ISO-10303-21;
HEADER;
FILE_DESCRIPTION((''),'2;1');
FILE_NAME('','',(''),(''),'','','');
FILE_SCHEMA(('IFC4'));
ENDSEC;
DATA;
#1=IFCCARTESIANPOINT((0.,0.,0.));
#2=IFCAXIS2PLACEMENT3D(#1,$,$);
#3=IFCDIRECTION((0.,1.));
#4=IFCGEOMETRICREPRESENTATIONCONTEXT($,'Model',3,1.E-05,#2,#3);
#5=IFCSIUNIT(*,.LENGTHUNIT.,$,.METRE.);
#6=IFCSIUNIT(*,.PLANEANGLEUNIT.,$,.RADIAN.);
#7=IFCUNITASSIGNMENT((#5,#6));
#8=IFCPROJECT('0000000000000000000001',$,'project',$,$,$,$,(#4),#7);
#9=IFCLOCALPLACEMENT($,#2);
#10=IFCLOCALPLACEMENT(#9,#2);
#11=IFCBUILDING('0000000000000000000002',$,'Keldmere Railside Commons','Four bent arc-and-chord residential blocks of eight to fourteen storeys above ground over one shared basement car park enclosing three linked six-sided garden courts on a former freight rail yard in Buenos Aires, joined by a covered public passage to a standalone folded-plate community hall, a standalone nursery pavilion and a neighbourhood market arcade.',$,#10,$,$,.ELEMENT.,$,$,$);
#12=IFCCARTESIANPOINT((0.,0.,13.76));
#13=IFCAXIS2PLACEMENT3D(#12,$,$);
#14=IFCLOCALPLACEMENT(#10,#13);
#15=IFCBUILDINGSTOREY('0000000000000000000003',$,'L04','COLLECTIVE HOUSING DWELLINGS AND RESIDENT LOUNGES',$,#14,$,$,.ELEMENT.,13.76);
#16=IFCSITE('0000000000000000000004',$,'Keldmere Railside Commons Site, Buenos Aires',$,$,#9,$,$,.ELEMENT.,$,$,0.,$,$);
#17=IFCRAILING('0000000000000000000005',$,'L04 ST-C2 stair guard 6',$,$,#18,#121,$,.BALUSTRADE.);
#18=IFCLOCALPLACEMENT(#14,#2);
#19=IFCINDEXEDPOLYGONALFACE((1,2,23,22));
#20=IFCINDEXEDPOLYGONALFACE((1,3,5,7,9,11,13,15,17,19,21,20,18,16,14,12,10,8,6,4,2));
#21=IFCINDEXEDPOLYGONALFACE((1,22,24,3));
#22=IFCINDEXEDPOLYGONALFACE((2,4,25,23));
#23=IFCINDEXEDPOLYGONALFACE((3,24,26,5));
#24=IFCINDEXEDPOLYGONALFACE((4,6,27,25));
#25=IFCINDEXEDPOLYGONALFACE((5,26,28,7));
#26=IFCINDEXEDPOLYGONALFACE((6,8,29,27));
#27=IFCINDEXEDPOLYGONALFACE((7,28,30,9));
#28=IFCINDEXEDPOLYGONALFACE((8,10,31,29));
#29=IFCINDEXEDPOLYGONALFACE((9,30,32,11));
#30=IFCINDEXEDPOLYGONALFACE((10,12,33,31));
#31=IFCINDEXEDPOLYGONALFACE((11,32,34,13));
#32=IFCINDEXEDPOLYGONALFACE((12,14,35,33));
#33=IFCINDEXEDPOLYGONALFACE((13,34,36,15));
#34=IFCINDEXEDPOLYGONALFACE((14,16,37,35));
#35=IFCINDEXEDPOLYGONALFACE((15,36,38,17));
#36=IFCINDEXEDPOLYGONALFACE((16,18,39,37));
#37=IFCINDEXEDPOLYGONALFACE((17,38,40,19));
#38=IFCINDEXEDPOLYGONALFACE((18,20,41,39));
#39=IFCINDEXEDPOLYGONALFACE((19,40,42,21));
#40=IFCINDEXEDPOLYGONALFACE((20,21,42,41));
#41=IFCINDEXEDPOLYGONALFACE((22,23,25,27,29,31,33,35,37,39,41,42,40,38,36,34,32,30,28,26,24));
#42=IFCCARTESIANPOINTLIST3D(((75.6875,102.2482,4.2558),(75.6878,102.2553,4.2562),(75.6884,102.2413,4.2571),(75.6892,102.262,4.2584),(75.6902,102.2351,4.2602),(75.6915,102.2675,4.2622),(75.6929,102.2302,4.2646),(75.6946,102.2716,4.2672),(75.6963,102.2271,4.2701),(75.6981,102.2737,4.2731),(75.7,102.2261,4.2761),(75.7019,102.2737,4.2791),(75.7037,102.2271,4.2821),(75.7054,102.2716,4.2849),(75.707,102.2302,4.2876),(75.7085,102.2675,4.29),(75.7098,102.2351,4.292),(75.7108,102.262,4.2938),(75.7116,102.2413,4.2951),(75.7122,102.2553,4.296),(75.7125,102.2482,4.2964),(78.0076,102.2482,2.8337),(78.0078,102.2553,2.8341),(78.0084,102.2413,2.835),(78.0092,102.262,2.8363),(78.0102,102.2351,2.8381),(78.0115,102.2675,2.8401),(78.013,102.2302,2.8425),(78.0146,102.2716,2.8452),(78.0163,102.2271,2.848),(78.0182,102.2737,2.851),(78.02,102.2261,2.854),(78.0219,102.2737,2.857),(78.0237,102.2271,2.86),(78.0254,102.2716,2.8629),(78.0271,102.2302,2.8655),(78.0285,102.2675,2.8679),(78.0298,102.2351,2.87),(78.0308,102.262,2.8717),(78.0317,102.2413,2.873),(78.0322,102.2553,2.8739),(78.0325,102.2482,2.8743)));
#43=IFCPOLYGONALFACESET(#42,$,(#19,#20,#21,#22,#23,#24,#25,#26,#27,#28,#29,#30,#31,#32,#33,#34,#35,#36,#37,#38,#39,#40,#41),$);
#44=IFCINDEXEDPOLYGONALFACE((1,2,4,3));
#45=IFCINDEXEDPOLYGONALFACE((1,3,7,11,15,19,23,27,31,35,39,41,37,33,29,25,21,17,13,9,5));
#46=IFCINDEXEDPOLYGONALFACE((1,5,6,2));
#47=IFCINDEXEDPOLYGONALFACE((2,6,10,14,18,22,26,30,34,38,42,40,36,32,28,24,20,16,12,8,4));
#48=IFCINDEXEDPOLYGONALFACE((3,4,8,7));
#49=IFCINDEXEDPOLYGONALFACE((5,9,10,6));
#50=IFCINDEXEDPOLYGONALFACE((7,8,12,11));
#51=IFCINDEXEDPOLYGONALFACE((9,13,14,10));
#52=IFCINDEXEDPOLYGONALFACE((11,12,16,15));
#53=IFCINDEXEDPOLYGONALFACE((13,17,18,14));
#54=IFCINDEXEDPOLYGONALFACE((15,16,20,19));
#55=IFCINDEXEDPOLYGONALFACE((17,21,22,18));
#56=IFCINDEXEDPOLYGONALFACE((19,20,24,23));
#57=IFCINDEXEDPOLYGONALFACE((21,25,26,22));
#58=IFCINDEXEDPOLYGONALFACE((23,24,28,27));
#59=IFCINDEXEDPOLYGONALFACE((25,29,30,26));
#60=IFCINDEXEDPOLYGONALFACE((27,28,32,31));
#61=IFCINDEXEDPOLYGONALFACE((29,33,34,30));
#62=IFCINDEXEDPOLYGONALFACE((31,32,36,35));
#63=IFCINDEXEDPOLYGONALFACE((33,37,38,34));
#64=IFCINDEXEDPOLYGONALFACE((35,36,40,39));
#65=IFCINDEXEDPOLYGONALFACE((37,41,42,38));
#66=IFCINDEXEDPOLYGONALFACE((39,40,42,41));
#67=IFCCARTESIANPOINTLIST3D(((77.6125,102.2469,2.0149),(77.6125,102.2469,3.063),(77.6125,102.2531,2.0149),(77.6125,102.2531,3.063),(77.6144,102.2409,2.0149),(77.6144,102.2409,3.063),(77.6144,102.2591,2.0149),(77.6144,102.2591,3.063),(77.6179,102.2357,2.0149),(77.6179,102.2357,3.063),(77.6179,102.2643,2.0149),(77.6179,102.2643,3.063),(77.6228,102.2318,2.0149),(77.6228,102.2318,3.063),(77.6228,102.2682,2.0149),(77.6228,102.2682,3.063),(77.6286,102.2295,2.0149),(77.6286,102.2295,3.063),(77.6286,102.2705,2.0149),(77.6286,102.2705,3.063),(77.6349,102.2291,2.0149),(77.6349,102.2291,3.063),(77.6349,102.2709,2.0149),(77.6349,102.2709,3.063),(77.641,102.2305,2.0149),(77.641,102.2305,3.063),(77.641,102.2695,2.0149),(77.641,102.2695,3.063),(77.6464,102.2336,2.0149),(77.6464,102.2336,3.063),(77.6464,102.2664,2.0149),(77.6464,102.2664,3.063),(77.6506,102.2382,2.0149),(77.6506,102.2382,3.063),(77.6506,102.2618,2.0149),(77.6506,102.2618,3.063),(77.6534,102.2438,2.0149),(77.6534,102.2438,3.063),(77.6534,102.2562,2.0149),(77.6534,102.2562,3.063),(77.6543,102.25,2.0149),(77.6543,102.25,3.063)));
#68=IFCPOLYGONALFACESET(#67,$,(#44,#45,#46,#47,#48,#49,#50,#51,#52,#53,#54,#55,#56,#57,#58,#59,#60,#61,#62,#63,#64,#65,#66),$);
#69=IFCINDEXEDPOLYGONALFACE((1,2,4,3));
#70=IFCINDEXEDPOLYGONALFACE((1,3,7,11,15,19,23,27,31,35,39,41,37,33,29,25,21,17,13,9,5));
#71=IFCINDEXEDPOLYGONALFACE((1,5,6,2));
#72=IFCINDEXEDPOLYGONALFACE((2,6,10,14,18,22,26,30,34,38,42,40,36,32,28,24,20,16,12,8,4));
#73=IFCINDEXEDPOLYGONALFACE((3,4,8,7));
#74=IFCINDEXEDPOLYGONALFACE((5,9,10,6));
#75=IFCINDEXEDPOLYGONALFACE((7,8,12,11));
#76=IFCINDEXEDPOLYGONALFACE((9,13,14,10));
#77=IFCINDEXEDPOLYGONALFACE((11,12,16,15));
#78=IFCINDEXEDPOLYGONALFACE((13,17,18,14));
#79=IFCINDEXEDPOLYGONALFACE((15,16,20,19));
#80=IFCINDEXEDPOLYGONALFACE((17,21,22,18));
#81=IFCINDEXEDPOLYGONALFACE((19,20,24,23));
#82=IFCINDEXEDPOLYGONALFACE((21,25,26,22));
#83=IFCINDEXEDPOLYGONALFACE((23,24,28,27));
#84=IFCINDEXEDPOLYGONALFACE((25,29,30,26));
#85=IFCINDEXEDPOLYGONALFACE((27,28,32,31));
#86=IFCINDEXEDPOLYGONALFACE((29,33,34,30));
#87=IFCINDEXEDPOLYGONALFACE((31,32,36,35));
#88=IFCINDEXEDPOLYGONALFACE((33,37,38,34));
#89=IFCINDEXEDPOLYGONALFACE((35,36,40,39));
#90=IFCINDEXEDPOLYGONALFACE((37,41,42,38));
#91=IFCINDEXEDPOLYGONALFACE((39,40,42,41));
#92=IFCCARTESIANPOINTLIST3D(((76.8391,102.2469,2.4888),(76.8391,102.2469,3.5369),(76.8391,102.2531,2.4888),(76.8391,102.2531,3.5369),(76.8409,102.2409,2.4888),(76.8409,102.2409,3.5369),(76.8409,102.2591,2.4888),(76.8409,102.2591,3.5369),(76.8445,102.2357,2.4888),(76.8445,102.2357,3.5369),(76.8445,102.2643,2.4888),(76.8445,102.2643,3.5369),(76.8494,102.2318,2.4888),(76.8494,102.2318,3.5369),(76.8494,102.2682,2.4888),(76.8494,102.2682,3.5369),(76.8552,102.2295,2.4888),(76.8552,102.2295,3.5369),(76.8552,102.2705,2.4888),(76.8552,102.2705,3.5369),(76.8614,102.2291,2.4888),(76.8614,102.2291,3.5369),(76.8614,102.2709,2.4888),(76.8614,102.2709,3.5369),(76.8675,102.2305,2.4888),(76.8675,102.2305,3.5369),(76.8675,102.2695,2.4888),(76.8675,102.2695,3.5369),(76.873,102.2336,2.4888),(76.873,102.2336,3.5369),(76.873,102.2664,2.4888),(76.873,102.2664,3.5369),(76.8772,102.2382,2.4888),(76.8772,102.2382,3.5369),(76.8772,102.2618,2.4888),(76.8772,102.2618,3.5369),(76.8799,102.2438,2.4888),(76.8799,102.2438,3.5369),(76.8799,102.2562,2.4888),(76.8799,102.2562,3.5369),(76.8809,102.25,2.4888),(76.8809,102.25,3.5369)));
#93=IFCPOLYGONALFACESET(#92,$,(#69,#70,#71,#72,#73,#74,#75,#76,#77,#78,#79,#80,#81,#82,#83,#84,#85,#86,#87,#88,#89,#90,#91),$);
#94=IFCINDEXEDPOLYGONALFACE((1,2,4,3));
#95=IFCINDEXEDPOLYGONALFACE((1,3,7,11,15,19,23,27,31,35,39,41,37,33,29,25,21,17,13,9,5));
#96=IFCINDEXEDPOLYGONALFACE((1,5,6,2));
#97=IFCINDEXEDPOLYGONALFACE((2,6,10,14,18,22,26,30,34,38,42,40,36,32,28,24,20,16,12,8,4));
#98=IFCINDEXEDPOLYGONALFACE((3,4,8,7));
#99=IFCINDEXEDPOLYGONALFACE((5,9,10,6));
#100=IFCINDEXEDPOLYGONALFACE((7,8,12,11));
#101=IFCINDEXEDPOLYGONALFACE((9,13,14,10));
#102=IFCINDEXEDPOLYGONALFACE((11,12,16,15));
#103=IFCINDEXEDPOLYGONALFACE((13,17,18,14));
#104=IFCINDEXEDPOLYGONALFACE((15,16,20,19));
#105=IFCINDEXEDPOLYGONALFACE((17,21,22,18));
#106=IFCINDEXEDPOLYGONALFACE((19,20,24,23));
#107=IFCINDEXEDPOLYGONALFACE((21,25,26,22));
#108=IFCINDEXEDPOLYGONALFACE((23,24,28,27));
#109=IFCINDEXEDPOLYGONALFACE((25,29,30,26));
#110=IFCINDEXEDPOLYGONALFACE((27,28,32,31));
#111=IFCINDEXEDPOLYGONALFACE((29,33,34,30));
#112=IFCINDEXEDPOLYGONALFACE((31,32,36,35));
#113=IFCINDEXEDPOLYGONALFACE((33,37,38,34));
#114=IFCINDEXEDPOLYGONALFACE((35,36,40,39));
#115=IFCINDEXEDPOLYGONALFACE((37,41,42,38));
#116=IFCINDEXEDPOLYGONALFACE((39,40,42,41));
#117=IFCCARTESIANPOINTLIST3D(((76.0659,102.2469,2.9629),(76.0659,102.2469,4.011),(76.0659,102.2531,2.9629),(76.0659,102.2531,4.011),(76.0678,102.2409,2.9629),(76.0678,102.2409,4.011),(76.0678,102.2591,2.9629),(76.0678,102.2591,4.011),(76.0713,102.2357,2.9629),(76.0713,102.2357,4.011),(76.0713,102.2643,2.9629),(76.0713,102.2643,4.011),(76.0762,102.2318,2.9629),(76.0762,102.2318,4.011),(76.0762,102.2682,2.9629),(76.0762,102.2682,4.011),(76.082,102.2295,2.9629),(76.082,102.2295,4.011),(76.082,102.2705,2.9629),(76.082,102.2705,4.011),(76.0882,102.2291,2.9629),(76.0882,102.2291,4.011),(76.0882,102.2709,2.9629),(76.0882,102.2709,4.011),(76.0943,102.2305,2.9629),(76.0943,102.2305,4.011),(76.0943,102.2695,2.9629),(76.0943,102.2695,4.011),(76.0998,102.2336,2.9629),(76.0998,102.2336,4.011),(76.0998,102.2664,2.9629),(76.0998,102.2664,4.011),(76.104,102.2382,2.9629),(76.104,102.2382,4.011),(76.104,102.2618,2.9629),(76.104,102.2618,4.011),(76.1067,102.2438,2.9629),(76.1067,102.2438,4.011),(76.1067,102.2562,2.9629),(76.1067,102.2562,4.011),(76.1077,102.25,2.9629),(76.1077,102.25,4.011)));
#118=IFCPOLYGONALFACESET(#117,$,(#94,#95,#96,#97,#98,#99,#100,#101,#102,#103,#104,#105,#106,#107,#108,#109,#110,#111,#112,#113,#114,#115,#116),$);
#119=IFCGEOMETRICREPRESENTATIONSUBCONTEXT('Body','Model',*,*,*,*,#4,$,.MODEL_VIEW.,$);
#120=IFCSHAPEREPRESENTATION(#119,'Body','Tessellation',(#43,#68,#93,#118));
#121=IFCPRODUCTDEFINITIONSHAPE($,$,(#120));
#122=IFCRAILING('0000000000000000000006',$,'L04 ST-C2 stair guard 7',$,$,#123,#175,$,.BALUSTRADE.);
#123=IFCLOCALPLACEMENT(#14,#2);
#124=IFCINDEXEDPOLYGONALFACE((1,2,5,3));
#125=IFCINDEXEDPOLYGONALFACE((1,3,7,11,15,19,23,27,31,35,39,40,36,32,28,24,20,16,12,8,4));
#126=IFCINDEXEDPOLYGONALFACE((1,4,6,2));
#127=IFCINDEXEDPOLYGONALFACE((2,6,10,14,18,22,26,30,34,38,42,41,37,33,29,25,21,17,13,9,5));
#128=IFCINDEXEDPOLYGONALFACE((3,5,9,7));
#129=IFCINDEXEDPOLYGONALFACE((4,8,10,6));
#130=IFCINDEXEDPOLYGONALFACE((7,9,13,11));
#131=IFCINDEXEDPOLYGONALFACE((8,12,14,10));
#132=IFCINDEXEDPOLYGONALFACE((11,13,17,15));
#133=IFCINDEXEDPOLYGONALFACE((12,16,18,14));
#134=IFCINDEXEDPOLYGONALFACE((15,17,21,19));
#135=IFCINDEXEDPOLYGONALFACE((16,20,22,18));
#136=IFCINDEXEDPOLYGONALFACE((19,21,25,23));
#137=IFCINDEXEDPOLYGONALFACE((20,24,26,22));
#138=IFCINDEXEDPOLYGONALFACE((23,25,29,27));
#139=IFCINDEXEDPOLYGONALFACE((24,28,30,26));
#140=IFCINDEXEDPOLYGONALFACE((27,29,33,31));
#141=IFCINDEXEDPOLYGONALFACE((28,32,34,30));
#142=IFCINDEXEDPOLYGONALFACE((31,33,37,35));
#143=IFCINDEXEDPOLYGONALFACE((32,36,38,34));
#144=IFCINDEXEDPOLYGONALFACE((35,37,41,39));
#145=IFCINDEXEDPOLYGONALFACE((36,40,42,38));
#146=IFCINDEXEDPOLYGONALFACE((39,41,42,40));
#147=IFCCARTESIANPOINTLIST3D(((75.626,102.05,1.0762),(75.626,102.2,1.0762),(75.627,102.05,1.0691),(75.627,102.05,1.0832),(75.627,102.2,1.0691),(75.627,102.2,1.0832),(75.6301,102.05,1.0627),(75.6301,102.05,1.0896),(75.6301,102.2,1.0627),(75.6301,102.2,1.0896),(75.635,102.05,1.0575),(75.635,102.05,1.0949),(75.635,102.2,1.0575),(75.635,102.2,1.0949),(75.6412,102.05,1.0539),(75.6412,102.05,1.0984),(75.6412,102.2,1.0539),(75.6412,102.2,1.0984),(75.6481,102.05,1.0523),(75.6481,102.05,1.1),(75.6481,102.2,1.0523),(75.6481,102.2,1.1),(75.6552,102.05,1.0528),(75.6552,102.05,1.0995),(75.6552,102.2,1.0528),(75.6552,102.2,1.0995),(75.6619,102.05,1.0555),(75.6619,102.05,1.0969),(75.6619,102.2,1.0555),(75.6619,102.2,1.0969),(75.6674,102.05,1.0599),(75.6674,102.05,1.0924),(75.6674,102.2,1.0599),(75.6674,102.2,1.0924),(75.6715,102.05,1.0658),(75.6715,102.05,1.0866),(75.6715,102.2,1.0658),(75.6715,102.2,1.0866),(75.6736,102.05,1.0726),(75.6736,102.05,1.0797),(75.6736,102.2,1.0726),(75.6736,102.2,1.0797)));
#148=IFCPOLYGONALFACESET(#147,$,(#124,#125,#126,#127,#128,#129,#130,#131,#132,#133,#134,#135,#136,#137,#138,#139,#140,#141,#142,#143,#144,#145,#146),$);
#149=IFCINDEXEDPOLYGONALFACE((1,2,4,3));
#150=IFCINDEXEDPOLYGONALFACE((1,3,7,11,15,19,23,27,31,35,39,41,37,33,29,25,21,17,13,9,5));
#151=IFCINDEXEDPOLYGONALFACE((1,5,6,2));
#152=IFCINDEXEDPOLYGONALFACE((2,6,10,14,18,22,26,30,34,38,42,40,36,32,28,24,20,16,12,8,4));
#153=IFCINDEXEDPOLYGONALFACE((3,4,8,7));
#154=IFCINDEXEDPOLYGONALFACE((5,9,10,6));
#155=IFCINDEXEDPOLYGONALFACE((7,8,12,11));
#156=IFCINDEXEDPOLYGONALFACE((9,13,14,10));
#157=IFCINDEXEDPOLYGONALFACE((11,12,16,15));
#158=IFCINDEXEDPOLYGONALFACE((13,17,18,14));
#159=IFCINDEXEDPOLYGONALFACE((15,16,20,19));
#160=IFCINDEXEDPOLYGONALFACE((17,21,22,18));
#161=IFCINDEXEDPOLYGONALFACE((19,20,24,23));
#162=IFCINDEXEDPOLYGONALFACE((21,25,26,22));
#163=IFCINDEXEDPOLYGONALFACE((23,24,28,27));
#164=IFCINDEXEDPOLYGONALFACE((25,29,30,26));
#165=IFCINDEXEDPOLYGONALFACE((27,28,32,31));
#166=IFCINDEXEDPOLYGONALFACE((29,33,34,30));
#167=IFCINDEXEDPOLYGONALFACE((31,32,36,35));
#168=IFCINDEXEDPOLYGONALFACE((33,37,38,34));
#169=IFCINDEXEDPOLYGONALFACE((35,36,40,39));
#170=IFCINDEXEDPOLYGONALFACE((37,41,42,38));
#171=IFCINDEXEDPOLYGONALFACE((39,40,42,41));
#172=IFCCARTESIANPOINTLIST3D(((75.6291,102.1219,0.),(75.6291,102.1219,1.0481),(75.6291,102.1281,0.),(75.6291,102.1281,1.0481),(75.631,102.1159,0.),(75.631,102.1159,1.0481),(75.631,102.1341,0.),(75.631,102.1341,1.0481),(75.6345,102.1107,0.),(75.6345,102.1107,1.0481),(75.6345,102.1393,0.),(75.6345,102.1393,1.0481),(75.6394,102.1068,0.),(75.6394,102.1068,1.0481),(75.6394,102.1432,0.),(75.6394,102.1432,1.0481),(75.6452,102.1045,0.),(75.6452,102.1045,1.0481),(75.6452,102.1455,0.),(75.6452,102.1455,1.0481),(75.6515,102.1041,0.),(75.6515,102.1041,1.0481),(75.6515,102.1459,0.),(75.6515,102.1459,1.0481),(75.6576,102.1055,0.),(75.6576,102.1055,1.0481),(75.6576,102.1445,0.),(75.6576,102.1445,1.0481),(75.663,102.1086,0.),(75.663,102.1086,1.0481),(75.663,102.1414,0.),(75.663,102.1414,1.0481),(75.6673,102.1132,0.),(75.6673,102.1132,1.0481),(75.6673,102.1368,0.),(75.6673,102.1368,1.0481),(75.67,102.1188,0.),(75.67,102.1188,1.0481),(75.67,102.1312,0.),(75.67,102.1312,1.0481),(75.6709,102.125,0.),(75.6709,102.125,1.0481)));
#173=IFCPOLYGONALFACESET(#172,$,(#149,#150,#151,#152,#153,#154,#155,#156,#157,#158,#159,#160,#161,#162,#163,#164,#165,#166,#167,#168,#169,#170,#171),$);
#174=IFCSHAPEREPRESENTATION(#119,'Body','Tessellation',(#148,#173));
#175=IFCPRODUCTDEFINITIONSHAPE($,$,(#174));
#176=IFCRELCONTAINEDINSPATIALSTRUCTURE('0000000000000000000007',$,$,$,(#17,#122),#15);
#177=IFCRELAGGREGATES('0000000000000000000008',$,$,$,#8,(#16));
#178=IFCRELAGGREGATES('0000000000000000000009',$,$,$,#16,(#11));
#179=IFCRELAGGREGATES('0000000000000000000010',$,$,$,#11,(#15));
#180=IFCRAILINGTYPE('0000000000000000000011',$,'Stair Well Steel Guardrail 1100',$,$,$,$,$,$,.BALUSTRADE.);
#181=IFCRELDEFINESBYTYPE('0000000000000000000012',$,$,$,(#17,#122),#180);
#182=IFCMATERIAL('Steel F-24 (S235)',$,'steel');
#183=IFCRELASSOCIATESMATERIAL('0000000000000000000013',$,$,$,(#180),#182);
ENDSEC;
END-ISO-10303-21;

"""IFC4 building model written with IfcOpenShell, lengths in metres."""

from ifc_helpers import new_model, si_unit, direction, frame, origin, origin_2d, place, context, subcontext, project, spatial, circle, extrude, material, type_object, element, save


model = new_model("IFC4")

# Units and contexts
model_context = context("Model", 3, precision=1e-05, world=origin(), true_north=direction((0.0, 1.0)))
body_context = subcontext(model_context, "Body", "Model", "MODEL_VIEW")
ifc_project = project(units=[si_unit("LENGTHUNIT", "METRE"), si_unit("PLANEANGLEUNIT", "RADIAN")], contexts=[model_context])

# Site, building, storey
site_placement = place(None, origin())
site = spatial("IfcSite", under=ifc_project, at=site_placement, Name="Keldmere Railside Commons Site, Buenos Aires", CompositionType="ELEMENT", RefElevation=0.0)
building_placement = place(site_placement, origin())
building = spatial("IfcBuilding", under=site, at=building_placement, Name="Keldmere Railside Commons", Description="Four bent arc-and-chord residential blocks of eight to fourteen storeys above ground over one shared basement car park enclosing three linked six-sided garden courts on a former freight rail yard in Buenos Aires, joined by a covered public passage to a standalone folded-plate community hall, a standalone nursery pavilion and a neighbourhood market arcade.", CompositionType="ELEMENT")
storey_placement = place(building_placement, frame((0.0, 0.0, 13.76)))
storey = spatial("IfcBuildingStorey", under=building, at=storey_placement, Name="L04", Description="COLLECTIVE HOUSING DWELLINGS AND RESIDENT LOUNGES", CompositionType="ELEMENT", Elevation=13.76)

# Shared definitions
ifc_material_1 = material(Name="Steel F-24 (S235)", Category="steel")

# Railings
railing_type_1 = type_object("IfcRailingType", Name="Stair Well Steel Guardrail 1100", PredefinedType="BALUSTRADE", material=ifc_material_1)
railing_1_placement = place(storey_placement, frame((78.02, 102.25, 1.7778)))
element("IfcRailing", 1, at=railing_1_placement, inside=storey, type_object=railing_type_1, Name="L04 ST-C2 stair guard 6", PredefinedType="BALUSTRADE", context=body_context, shape_type="SweptSolid", body=[
    extrude(circle(Radius=0.0239, at=origin_2d()), frame((0.0, 0.0, 1.0762), z_axis=(-0.852578, 0.0, 0.5226), x_axis=(0.0, -1.0, 0.0)), (0.0, 0.0, 1.0), 2.7212),
    extrude(circle(Radius=0.021, at=origin_2d()), frame((-0.3867, 0.0, 0.2371)), (0.0, 0.0, 1.0), 1.0481),
    extrude(circle(Radius=0.021, at=origin_2d()), frame((-1.1602, 0.0, 0.7109)), (0.0, 0.0, 1.0), 1.0481),
    extrude(circle(Radius=0.021, at=origin_2d()), frame((-1.9333, 0.0, 1.1851)), (0.0, 0.0, 1.0), 1.0481),
])
railing_2_placement = place(storey_placement, frame((75.6499, 102.05, 0.0)))
element("IfcRailing", 2, at=railing_2_placement, inside=storey, type_object=railing_type_1, Name="L04 ST-C2 stair guard 7", PredefinedType="BALUSTRADE", context=body_context, shape_type="SweptSolid", body=[
    extrude(circle(Radius=0.0239, at=origin_2d()), frame((0.0, 0.0, 1.0762), z_axis=(0.0, 1.0, 0.0), x_axis=(-1.0, 0.0, 0.0)), (0.0, 0.0, 1.0), 0.1499),
    extrude(circle(Radius=0.021, at=origin_2d()), frame((0.0, 0.075, 0.0)), (0.0, 0.0, 1.0), 1.0481),
])

save(model, "model.ifc")
